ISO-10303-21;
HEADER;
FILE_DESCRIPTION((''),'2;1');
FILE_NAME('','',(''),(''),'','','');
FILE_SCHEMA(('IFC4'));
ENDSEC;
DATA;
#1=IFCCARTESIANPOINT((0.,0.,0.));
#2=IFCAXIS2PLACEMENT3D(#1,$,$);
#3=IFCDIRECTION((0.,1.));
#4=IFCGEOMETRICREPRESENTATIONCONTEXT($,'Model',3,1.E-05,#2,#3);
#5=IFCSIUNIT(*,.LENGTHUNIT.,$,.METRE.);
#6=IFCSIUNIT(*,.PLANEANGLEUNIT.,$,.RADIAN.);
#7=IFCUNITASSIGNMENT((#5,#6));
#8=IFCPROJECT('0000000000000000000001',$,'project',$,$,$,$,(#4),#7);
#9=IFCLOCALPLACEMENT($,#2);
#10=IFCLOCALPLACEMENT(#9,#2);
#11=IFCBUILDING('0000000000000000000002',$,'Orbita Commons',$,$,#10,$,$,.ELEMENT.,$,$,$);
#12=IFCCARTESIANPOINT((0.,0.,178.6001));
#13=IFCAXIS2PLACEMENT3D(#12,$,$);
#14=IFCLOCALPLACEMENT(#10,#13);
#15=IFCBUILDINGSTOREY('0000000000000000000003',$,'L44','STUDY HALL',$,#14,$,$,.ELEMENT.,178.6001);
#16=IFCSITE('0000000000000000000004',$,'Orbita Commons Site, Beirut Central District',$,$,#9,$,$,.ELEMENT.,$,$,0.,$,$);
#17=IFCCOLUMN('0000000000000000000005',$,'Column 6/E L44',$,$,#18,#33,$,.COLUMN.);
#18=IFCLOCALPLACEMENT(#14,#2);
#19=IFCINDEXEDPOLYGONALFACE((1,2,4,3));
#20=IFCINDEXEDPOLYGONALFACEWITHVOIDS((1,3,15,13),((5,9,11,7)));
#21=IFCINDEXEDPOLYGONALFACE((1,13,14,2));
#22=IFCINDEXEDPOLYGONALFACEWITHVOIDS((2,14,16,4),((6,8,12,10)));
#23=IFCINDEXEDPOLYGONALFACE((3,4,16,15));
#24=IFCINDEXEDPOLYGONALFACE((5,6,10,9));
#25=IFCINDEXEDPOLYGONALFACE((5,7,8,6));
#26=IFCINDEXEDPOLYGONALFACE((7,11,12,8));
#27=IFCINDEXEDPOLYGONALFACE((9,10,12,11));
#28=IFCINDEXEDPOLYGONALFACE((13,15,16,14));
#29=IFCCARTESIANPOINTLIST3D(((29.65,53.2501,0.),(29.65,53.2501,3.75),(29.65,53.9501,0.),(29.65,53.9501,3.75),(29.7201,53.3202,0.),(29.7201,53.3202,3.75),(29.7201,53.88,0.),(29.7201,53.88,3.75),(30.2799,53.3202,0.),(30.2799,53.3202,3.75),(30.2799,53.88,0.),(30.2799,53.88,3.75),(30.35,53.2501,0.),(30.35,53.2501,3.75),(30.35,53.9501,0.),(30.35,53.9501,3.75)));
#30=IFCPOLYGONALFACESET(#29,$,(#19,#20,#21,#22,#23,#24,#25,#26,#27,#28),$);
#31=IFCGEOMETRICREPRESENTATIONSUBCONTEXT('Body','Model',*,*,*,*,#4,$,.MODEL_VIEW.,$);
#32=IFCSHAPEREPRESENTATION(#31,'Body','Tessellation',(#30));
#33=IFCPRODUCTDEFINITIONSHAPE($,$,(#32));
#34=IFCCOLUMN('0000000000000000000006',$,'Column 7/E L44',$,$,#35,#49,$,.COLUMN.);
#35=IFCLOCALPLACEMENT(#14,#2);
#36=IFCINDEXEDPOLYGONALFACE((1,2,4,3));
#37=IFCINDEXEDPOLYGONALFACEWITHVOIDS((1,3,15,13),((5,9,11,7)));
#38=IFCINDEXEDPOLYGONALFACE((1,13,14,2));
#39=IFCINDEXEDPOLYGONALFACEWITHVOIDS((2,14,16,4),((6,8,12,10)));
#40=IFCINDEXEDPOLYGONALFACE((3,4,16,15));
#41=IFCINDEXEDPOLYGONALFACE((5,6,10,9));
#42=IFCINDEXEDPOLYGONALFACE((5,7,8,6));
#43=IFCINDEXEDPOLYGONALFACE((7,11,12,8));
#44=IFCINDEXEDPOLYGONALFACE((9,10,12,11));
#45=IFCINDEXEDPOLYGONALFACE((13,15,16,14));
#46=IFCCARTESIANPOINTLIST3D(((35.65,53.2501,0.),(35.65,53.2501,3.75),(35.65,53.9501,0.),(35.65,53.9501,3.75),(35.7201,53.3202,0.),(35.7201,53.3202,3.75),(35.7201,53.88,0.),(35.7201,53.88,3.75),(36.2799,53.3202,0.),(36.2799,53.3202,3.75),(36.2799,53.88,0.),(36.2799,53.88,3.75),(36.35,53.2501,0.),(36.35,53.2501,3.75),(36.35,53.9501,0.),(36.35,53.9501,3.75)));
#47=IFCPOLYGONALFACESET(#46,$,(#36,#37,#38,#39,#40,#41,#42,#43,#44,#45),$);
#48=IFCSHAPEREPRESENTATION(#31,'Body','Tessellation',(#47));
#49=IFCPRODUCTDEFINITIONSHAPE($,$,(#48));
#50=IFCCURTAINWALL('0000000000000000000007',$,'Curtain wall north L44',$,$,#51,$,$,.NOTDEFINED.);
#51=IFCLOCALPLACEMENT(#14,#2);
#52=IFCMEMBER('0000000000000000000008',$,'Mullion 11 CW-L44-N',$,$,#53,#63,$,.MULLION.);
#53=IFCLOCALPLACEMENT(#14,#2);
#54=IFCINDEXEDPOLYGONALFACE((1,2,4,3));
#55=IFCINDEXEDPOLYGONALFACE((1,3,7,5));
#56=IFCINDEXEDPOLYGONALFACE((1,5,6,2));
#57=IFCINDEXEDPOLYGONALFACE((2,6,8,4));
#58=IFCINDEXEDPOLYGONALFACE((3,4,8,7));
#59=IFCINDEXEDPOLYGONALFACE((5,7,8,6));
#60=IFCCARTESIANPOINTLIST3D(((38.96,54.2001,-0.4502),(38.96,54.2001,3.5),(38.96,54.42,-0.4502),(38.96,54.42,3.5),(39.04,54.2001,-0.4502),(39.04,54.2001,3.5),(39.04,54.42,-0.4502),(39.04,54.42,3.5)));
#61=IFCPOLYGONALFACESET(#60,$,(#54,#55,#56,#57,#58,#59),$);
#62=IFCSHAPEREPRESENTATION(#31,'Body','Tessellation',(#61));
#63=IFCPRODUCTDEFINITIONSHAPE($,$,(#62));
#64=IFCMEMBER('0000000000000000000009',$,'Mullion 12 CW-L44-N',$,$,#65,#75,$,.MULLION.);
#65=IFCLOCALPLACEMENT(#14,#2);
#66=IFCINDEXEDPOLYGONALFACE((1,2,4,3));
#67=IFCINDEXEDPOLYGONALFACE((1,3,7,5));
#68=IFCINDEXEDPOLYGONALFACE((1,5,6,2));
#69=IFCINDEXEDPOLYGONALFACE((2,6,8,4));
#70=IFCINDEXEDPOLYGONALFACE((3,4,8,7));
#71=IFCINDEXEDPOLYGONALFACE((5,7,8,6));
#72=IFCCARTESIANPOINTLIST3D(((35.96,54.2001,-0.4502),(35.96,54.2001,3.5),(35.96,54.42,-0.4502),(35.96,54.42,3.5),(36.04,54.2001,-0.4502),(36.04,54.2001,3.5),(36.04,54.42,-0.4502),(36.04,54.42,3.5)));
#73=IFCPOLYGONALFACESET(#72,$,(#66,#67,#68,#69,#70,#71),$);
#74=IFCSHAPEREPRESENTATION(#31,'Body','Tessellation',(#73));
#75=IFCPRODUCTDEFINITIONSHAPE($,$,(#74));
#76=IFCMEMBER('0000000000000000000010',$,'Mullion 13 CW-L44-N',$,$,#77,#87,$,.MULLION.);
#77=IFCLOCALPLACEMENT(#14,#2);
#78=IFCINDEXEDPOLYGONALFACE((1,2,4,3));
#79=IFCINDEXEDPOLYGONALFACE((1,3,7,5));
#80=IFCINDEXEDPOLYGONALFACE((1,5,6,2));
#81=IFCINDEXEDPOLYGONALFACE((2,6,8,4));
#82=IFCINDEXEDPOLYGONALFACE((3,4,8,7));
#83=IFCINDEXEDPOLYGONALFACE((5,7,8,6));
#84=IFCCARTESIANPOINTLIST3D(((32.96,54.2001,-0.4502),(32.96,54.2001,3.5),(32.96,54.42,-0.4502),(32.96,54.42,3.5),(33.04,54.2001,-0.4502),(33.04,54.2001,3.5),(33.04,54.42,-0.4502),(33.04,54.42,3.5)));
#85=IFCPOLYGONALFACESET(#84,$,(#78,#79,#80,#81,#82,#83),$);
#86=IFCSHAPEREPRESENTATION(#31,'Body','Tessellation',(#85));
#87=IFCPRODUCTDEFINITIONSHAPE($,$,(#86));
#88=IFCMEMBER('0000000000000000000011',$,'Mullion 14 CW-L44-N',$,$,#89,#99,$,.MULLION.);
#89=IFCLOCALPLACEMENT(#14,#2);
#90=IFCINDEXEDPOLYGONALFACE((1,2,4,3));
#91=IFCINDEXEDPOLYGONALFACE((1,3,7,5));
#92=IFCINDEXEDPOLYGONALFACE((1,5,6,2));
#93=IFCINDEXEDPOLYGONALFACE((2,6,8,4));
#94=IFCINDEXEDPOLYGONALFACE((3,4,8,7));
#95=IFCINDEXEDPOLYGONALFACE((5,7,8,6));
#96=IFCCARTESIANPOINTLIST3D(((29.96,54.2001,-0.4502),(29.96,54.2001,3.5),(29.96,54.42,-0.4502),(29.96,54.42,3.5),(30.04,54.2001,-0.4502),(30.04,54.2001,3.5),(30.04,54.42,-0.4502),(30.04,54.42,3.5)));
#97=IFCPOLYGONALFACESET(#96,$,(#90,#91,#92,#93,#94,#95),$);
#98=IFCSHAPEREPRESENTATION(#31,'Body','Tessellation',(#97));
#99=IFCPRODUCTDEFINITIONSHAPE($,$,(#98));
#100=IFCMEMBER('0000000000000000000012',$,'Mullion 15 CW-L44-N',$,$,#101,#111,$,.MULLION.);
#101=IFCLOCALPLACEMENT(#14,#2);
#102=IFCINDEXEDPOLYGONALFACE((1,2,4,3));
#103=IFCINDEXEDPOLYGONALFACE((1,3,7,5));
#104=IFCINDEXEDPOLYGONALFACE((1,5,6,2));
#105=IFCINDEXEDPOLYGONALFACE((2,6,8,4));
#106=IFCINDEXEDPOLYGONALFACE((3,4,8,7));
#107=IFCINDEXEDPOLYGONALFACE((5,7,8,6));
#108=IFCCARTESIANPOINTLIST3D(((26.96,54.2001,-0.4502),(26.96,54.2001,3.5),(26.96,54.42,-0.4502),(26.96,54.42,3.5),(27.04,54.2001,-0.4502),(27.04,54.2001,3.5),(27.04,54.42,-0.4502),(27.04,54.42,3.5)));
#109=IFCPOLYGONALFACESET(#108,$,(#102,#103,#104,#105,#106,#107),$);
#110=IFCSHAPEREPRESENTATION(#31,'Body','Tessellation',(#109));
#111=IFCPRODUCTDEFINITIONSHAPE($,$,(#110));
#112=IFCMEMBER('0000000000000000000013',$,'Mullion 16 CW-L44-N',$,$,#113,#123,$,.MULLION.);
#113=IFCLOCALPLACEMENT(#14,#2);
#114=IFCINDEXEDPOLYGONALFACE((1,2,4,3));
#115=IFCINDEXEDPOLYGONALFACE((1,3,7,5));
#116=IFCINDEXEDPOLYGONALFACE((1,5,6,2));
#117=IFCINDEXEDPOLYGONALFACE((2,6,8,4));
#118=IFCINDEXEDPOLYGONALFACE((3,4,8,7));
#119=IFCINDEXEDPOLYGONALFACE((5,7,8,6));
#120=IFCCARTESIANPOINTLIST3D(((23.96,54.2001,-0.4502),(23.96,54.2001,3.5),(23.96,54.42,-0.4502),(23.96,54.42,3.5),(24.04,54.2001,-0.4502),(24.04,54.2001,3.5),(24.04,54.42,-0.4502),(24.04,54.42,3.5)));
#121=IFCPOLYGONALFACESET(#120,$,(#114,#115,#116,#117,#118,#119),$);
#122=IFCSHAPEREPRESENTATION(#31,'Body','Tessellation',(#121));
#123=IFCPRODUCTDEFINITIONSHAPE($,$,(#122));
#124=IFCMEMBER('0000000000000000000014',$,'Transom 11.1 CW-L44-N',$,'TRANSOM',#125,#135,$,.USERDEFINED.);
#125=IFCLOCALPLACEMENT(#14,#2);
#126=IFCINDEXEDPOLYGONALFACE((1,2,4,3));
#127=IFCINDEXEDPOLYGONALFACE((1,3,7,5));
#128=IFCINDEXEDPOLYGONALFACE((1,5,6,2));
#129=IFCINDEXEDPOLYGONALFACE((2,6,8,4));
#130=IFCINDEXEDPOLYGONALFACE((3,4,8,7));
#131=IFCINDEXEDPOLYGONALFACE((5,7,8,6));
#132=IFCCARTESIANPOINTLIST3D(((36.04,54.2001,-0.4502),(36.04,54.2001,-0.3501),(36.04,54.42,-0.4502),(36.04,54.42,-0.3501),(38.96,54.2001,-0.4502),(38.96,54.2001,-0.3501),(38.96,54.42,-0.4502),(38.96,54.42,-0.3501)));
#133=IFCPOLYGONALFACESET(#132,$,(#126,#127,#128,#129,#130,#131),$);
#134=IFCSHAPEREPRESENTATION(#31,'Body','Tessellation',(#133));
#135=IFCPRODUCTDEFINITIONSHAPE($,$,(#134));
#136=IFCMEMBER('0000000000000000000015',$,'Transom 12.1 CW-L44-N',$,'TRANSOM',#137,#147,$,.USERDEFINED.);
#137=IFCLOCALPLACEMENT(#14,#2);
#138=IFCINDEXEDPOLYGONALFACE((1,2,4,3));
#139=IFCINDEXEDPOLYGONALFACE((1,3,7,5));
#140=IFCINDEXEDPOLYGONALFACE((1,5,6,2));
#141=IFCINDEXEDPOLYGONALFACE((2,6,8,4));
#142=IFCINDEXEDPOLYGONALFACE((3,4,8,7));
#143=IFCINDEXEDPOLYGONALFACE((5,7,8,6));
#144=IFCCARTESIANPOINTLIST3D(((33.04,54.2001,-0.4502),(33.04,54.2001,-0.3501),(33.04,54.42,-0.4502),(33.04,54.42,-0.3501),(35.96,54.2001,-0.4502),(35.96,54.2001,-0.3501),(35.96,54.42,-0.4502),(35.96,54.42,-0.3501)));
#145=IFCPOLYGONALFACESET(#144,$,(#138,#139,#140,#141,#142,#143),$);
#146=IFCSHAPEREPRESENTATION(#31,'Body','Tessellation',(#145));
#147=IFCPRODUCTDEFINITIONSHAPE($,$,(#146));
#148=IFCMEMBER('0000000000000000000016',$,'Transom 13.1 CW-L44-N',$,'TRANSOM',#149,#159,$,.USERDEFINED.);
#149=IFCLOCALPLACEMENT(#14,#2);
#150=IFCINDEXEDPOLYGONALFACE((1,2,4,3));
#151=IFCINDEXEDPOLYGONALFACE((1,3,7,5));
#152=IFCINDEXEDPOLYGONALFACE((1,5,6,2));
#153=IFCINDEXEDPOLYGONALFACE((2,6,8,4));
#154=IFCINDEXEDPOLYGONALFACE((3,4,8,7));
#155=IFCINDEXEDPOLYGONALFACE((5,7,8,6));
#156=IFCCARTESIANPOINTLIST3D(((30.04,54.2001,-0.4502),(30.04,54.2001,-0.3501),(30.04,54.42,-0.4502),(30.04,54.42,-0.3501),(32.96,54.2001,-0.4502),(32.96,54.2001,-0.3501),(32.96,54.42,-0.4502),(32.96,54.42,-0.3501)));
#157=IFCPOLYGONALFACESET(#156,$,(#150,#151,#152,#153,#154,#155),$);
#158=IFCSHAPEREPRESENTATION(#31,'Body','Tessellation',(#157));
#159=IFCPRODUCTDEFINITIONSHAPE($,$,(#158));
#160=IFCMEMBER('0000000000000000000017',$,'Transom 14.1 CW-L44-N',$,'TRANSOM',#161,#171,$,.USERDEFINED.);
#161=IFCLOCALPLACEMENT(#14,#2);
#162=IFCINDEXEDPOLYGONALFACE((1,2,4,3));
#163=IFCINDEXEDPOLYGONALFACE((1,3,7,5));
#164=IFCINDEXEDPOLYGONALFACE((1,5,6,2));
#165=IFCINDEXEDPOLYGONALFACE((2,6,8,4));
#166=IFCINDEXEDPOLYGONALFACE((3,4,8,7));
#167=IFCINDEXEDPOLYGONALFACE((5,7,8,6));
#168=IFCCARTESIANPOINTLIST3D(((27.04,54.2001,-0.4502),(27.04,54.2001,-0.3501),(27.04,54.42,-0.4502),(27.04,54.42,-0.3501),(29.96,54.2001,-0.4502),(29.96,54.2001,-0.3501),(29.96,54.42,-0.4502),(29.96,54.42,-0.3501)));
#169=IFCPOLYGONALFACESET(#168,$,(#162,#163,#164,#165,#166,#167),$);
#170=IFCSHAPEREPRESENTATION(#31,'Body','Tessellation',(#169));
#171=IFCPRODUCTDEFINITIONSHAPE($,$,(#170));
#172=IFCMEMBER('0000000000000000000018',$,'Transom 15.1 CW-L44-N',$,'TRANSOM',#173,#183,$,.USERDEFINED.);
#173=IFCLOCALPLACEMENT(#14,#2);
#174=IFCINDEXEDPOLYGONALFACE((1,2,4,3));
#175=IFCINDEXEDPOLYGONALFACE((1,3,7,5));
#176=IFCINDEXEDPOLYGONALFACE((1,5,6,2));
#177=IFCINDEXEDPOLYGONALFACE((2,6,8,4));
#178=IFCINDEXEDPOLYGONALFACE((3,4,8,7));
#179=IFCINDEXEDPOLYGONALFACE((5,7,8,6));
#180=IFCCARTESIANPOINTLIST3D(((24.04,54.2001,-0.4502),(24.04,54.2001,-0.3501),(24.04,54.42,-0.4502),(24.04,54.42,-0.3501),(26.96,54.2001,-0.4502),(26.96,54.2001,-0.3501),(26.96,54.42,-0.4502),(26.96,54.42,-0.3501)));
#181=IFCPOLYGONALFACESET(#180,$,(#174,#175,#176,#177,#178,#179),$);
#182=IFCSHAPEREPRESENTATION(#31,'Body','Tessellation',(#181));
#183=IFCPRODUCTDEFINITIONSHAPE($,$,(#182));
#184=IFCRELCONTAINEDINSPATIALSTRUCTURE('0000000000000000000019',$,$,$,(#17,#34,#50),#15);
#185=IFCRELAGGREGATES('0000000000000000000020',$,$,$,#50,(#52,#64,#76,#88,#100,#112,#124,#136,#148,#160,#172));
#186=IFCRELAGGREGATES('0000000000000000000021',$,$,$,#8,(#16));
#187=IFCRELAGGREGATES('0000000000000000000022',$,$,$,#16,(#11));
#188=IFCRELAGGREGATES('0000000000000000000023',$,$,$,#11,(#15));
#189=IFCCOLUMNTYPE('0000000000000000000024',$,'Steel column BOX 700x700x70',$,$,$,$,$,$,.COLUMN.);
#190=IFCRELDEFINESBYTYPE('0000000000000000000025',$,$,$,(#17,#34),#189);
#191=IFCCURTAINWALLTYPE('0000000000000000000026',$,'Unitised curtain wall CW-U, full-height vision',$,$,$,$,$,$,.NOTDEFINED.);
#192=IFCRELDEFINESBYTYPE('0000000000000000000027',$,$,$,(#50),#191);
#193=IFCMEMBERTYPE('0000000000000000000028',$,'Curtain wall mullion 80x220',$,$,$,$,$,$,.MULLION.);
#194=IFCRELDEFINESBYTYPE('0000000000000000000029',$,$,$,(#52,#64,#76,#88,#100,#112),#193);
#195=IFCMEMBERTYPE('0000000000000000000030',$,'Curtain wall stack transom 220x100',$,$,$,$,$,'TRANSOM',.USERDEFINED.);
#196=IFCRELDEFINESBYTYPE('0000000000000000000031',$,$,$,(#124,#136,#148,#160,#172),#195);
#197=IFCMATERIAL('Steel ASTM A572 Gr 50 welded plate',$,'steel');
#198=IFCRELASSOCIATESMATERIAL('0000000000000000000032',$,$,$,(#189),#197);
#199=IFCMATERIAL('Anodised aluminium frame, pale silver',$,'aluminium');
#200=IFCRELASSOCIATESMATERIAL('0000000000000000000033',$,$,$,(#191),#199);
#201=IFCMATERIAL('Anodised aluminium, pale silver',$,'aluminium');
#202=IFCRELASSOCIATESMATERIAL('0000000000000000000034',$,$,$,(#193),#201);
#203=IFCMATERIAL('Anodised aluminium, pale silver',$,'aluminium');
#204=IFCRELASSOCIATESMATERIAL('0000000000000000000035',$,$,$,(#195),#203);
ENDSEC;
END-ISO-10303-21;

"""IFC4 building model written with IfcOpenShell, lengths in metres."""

from ifc_helpers import new_model, si_unit, direction, frame, origin, origin_2d, place, context, subcontext, project, spatial, rectangle, hollow_rectangle, extrude, material, material_profile, profile_set, type_object, element, aggregate, save


model = new_model("IFC4")

# Units and contexts
model_context = context("Model", 3, precision=1e-05, world=origin(), true_north=direction((0.0, 1.0)))
body_context = subcontext(model_context, "Body", "Model", "MODEL_VIEW")
ifc_project = project(units=[si_unit("LENGTHUNIT", "METRE"), si_unit("PLANEANGLEUNIT", "RADIAN")], contexts=[model_context])

# Site, building, storey
site_placement = place(None, origin())
site = spatial("IfcSite", under=ifc_project, at=site_placement, Name="Orbita Commons Site, Beirut Central District", CompositionType="ELEMENT", RefElevation=0.0)
building_placement = place(site_placement, origin())
building = spatial("IfcBuilding", under=site, at=building_placement, Name="Orbita Commons", CompositionType="ELEMENT")
storey_placement = place(building_placement, frame((0.0, 0.0, 178.6001)))
storey = spatial("IfcBuildingStorey", under=building, at=storey_placement, Name="L44", Description="STUDY HALL", CompositionType="ELEMENT", Elevation=178.6001)

# Columns
ifc_material_1 = material(Name="Steel ASTM A572 Gr 50 welded plate", Category="steel")
ifc_material_profile_1 = material_profile(ifc_material_1, hollow_rectangle(XDim=0.7, YDim=0.7, WallThickness=0.0701, at=origin_2d()), Name="BOX 700x700x70")
ifc_profile_set_1 = profile_set([ifc_material_profile_1], Name="Steel ASTM A572 Gr 50 welded plate")
column_type = type_object("IfcColumnType", Name="Steel column BOX 700x700x70", PredefinedType="COLUMN", material=ifc_profile_set_1)
for number, where, z_axis, x_axis, name in (
    (1, (30.0, 53.6001, 0.0), (0.0, 0.0, 1.0), (1.0, 0.0, 0.0), "Column 6/E L44"),
    (2, (36.0, 53.6001, 0.0), (0.0, 0.0, 1.0), (1.0, 0.0, 0.0), "Column 7/E L44"),
):
    element("IfcColumn", number, at=place(storey_placement, frame(where, z_axis=z_axis, x_axis=x_axis)), inside=storey, type_object=column_type, Name=name, PredefinedType="COLUMN", context=body_context, shape_type="SweptSolid", body=[
        extrude(hollow_rectangle(XDim=0.7, YDim=0.7, WallThickness=0.0701, at=origin_2d()), origin(), (0.0, 0.0, 1.0), 3.75),
    ])

# Curtain wall, members
ifc_material_2 = material(Name="Anodised aluminium frame, pale silver", Category="aluminium")
curtain_wall_type = type_object("IfcCurtainWallType", Name="Unitised curtain wall CW-U, full-height vision", PredefinedType="NOTDEFINED", material=ifc_material_2)
curtain_wall_placement = place(storey_placement, origin())
curtain_wall = element("IfcCurtainWall", 3, at=curtain_wall_placement, inside=storey, type_object=curtain_wall_type, Name="Curtain wall north L44", PredefinedType="NOTDEFINED")
ifc_material_3 = material(Name="Anodised aluminium, pale silver", Category="aluminium")
ifc_material_profile_2 = material_profile(ifc_material_3, rectangle(XDim=0.0801, YDim=0.22, at=origin_2d()), Name="AL 80x220")
ifc_profile_set_2 = profile_set([ifc_material_profile_2], Name="Anodised aluminium, pale silver")
member_type_1 = type_object("IfcMemberType", Name="Curtain wall mullion 80x220", PredefinedType="MULLION", material=ifc_profile_set_2)
member_1_placement = place(storey_placement, frame((39.0, 54.3101, -0.4502), z_axis=(0.0, 0.0, 1.0), x_axis=(-1.0, 0.0, 0.0)))
member_1 = element("IfcMember", 4, at=member_1_placement, type_object=member_type_1, Name="Mullion 11 CW-L44-N", PredefinedType="MULLION", context=body_context, shape_type="SweptSolid", body=[
    extrude(rectangle(XDim=0.0801, YDim=0.22, at=origin_2d()), origin(), (0.0, 0.0, 1.0), 3.9502),
])
member_2_placement = place(storey_placement, frame((36.0, 54.3101, -0.4502), z_axis=(0.0, 0.0, 1.0), x_axis=(-1.0, 0.0, 0.0)))
member_2 = element("IfcMember", 5, at=member_2_placement, type_object=member_type_1, Name="Mullion 12 CW-L44-N", PredefinedType="MULLION", context=body_context, shape_type="SweptSolid", body=[
    extrude(rectangle(XDim=0.0801, YDim=0.22, at=origin_2d()), origin(), (0.0, 0.0, 1.0), 3.9502),
])
member_3_placement = place(storey_placement, frame((33.0, 54.3101, -0.4502), z_axis=(0.0, 0.0, 1.0), x_axis=(-1.0, 0.0, 0.0)))
member_3 = element("IfcMember", 6, at=member_3_placement, type_object=member_type_1, Name="Mullion 13 CW-L44-N", PredefinedType="MULLION", context=body_context, shape_type="SweptSolid", body=[
    extrude(rectangle(XDim=0.0801, YDim=0.22, at=origin_2d()), origin(), (0.0, 0.0, 1.0), 3.9502),
])
member_4_placement = place(storey_placement, frame((30.0, 54.3101, -0.4502), z_axis=(0.0, 0.0, 1.0), x_axis=(-1.0, 0.0, 0.0)))
member_4 = element("IfcMember", 7, at=member_4_placement, type_object=member_type_1, Name="Mullion 14 CW-L44-N", PredefinedType="MULLION", context=body_context, shape_type="SweptSolid", body=[
    extrude(rectangle(XDim=0.0801, YDim=0.22, at=origin_2d()), origin(), (0.0, 0.0, 1.0), 3.9502),
])
member_5_placement = place(storey_placement, frame((27.0, 54.3101, -0.4502), z_axis=(0.0, 0.0, 1.0), x_axis=(-1.0, 0.0, 0.0)))
member_5 = element("IfcMember", 8, at=member_5_placement, type_object=member_type_1, Name="Mullion 15 CW-L44-N", PredefinedType="MULLION", context=body_context, shape_type="SweptSolid", body=[
    extrude(rectangle(XDim=0.0801, YDim=0.22, at=origin_2d()), origin(), (0.0, 0.0, 1.0), 3.9502),
])
member_6_placement = place(storey_placement, frame((24.0, 54.3101, -0.4502), z_axis=(0.0, 0.0, 1.0), x_axis=(-1.0, 0.0, 0.0)))
member_6 = element("IfcMember", 9, at=member_6_placement, type_object=member_type_1, Name="Mullion 16 CW-L44-N", PredefinedType="MULLION", context=body_context, shape_type="SweptSolid", body=[
    extrude(rectangle(XDim=0.0801, YDim=0.22, at=origin_2d()), origin(), (0.0, 0.0, 1.0), 3.9502),
])
ifc_material_4 = material(Name="Anodised aluminium, pale silver", Category="aluminium")
ifc_material_profile_3 = material_profile(ifc_material_4, rectangle(XDim=0.22, YDim=0.1001, at=origin_2d()), Name="AL 220x100")
ifc_profile_set_3 = profile_set([ifc_material_profile_3], Name="Anodised aluminium, pale silver")
member_type_2 = type_object("IfcMemberType", Name="Curtain wall stack transom 220x100", ElementType="TRANSOM", PredefinedType="USERDEFINED", material=ifc_profile_set_3)
member_7_placement = place(storey_placement, frame((38.96, 54.3101, -0.4001), z_axis=(-1.0, 0.0, 0.0), x_axis=(0.0, -1.0, 0.0)))
member_7 = element("IfcMember", 10, at=member_7_placement, type_object=member_type_2, Name="Transom 11.1 CW-L44-N", ObjectType="TRANSOM", PredefinedType="USERDEFINED", context=body_context, shape_type="SweptSolid", body=[
    extrude(rectangle(XDim=0.22, YDim=0.1001, at=origin_2d()), origin(), (0.0, 0.0, 1.0), 2.9199),
])
member_8_placement = place(storey_placement, frame((35.96, 54.3101, -0.4001), z_axis=(-1.0, 0.0, 0.0), x_axis=(0.0, -1.0, 0.0)))
member_8 = element("IfcMember", 11, at=member_8_placement, type_object=member_type_2, Name="Transom 12.1 CW-L44-N", ObjectType="TRANSOM", PredefinedType="USERDEFINED", context=body_context, shape_type="SweptSolid", body=[
    extrude(rectangle(XDim=0.22, YDim=0.1001, at=origin_2d()), origin(), (0.0, 0.0, 1.0), 2.9199),
])
member_9_placement = place(storey_placement, frame((32.96, 54.3101, -0.4001), z_axis=(-1.0, 0.0, 0.0), x_axis=(0.0, -1.0, 0.0)))
member_9 = element("IfcMember", 12, at=member_9_placement, type_object=member_type_2, Name="Transom 13.1 CW-L44-N", ObjectType="TRANSOM", PredefinedType="USERDEFINED", context=body_context, shape_type="SweptSolid", body=[
    extrude(rectangle(XDim=0.22, YDim=0.1001, at=origin_2d()), origin(), (0.0, 0.0, 1.0), 2.9199),
])
member_10_placement = place(storey_placement, frame((29.96, 54.3101, -0.4001), z_axis=(-1.0, 0.0, 0.0), x_axis=(0.0, -1.0, 0.0)))
member_10 = element("IfcMember", 13, at=member_10_placement, type_object=member_type_2, Name="Transom 14.1 CW-L44-N", ObjectType="TRANSOM", PredefinedType="USERDEFINED", context=body_context, shape_type="SweptSolid", body=[
    extrude(rectangle(XDim=0.22, YDim=0.1001, at=origin_2d()), origin(), (0.0, 0.0, 1.0), 2.9199),
])
member_11_placement = place(storey_placement, frame((26.96, 54.3101, -0.4001), z_axis=(-1.0, 0.0, 0.0), x_axis=(0.0, -1.0, 0.0)))
member_11 = element("IfcMember", 14, at=member_11_placement, type_object=member_type_2, Name="Transom 15.1 CW-L44-N", ObjectType="TRANSOM", PredefinedType="USERDEFINED", context=body_context, shape_type="SweptSolid", body=[
    extrude(rectangle(XDim=0.22, YDim=0.1001, at=origin_2d()), origin(), (0.0, 0.0, 1.0), 2.9199),
])

aggregate(curtain_wall, [member_1, member_2, member_3, member_4, member_5, member_6, member_7, member_8, member_9, member_10, member_11])

save(model, "model.ifc")
